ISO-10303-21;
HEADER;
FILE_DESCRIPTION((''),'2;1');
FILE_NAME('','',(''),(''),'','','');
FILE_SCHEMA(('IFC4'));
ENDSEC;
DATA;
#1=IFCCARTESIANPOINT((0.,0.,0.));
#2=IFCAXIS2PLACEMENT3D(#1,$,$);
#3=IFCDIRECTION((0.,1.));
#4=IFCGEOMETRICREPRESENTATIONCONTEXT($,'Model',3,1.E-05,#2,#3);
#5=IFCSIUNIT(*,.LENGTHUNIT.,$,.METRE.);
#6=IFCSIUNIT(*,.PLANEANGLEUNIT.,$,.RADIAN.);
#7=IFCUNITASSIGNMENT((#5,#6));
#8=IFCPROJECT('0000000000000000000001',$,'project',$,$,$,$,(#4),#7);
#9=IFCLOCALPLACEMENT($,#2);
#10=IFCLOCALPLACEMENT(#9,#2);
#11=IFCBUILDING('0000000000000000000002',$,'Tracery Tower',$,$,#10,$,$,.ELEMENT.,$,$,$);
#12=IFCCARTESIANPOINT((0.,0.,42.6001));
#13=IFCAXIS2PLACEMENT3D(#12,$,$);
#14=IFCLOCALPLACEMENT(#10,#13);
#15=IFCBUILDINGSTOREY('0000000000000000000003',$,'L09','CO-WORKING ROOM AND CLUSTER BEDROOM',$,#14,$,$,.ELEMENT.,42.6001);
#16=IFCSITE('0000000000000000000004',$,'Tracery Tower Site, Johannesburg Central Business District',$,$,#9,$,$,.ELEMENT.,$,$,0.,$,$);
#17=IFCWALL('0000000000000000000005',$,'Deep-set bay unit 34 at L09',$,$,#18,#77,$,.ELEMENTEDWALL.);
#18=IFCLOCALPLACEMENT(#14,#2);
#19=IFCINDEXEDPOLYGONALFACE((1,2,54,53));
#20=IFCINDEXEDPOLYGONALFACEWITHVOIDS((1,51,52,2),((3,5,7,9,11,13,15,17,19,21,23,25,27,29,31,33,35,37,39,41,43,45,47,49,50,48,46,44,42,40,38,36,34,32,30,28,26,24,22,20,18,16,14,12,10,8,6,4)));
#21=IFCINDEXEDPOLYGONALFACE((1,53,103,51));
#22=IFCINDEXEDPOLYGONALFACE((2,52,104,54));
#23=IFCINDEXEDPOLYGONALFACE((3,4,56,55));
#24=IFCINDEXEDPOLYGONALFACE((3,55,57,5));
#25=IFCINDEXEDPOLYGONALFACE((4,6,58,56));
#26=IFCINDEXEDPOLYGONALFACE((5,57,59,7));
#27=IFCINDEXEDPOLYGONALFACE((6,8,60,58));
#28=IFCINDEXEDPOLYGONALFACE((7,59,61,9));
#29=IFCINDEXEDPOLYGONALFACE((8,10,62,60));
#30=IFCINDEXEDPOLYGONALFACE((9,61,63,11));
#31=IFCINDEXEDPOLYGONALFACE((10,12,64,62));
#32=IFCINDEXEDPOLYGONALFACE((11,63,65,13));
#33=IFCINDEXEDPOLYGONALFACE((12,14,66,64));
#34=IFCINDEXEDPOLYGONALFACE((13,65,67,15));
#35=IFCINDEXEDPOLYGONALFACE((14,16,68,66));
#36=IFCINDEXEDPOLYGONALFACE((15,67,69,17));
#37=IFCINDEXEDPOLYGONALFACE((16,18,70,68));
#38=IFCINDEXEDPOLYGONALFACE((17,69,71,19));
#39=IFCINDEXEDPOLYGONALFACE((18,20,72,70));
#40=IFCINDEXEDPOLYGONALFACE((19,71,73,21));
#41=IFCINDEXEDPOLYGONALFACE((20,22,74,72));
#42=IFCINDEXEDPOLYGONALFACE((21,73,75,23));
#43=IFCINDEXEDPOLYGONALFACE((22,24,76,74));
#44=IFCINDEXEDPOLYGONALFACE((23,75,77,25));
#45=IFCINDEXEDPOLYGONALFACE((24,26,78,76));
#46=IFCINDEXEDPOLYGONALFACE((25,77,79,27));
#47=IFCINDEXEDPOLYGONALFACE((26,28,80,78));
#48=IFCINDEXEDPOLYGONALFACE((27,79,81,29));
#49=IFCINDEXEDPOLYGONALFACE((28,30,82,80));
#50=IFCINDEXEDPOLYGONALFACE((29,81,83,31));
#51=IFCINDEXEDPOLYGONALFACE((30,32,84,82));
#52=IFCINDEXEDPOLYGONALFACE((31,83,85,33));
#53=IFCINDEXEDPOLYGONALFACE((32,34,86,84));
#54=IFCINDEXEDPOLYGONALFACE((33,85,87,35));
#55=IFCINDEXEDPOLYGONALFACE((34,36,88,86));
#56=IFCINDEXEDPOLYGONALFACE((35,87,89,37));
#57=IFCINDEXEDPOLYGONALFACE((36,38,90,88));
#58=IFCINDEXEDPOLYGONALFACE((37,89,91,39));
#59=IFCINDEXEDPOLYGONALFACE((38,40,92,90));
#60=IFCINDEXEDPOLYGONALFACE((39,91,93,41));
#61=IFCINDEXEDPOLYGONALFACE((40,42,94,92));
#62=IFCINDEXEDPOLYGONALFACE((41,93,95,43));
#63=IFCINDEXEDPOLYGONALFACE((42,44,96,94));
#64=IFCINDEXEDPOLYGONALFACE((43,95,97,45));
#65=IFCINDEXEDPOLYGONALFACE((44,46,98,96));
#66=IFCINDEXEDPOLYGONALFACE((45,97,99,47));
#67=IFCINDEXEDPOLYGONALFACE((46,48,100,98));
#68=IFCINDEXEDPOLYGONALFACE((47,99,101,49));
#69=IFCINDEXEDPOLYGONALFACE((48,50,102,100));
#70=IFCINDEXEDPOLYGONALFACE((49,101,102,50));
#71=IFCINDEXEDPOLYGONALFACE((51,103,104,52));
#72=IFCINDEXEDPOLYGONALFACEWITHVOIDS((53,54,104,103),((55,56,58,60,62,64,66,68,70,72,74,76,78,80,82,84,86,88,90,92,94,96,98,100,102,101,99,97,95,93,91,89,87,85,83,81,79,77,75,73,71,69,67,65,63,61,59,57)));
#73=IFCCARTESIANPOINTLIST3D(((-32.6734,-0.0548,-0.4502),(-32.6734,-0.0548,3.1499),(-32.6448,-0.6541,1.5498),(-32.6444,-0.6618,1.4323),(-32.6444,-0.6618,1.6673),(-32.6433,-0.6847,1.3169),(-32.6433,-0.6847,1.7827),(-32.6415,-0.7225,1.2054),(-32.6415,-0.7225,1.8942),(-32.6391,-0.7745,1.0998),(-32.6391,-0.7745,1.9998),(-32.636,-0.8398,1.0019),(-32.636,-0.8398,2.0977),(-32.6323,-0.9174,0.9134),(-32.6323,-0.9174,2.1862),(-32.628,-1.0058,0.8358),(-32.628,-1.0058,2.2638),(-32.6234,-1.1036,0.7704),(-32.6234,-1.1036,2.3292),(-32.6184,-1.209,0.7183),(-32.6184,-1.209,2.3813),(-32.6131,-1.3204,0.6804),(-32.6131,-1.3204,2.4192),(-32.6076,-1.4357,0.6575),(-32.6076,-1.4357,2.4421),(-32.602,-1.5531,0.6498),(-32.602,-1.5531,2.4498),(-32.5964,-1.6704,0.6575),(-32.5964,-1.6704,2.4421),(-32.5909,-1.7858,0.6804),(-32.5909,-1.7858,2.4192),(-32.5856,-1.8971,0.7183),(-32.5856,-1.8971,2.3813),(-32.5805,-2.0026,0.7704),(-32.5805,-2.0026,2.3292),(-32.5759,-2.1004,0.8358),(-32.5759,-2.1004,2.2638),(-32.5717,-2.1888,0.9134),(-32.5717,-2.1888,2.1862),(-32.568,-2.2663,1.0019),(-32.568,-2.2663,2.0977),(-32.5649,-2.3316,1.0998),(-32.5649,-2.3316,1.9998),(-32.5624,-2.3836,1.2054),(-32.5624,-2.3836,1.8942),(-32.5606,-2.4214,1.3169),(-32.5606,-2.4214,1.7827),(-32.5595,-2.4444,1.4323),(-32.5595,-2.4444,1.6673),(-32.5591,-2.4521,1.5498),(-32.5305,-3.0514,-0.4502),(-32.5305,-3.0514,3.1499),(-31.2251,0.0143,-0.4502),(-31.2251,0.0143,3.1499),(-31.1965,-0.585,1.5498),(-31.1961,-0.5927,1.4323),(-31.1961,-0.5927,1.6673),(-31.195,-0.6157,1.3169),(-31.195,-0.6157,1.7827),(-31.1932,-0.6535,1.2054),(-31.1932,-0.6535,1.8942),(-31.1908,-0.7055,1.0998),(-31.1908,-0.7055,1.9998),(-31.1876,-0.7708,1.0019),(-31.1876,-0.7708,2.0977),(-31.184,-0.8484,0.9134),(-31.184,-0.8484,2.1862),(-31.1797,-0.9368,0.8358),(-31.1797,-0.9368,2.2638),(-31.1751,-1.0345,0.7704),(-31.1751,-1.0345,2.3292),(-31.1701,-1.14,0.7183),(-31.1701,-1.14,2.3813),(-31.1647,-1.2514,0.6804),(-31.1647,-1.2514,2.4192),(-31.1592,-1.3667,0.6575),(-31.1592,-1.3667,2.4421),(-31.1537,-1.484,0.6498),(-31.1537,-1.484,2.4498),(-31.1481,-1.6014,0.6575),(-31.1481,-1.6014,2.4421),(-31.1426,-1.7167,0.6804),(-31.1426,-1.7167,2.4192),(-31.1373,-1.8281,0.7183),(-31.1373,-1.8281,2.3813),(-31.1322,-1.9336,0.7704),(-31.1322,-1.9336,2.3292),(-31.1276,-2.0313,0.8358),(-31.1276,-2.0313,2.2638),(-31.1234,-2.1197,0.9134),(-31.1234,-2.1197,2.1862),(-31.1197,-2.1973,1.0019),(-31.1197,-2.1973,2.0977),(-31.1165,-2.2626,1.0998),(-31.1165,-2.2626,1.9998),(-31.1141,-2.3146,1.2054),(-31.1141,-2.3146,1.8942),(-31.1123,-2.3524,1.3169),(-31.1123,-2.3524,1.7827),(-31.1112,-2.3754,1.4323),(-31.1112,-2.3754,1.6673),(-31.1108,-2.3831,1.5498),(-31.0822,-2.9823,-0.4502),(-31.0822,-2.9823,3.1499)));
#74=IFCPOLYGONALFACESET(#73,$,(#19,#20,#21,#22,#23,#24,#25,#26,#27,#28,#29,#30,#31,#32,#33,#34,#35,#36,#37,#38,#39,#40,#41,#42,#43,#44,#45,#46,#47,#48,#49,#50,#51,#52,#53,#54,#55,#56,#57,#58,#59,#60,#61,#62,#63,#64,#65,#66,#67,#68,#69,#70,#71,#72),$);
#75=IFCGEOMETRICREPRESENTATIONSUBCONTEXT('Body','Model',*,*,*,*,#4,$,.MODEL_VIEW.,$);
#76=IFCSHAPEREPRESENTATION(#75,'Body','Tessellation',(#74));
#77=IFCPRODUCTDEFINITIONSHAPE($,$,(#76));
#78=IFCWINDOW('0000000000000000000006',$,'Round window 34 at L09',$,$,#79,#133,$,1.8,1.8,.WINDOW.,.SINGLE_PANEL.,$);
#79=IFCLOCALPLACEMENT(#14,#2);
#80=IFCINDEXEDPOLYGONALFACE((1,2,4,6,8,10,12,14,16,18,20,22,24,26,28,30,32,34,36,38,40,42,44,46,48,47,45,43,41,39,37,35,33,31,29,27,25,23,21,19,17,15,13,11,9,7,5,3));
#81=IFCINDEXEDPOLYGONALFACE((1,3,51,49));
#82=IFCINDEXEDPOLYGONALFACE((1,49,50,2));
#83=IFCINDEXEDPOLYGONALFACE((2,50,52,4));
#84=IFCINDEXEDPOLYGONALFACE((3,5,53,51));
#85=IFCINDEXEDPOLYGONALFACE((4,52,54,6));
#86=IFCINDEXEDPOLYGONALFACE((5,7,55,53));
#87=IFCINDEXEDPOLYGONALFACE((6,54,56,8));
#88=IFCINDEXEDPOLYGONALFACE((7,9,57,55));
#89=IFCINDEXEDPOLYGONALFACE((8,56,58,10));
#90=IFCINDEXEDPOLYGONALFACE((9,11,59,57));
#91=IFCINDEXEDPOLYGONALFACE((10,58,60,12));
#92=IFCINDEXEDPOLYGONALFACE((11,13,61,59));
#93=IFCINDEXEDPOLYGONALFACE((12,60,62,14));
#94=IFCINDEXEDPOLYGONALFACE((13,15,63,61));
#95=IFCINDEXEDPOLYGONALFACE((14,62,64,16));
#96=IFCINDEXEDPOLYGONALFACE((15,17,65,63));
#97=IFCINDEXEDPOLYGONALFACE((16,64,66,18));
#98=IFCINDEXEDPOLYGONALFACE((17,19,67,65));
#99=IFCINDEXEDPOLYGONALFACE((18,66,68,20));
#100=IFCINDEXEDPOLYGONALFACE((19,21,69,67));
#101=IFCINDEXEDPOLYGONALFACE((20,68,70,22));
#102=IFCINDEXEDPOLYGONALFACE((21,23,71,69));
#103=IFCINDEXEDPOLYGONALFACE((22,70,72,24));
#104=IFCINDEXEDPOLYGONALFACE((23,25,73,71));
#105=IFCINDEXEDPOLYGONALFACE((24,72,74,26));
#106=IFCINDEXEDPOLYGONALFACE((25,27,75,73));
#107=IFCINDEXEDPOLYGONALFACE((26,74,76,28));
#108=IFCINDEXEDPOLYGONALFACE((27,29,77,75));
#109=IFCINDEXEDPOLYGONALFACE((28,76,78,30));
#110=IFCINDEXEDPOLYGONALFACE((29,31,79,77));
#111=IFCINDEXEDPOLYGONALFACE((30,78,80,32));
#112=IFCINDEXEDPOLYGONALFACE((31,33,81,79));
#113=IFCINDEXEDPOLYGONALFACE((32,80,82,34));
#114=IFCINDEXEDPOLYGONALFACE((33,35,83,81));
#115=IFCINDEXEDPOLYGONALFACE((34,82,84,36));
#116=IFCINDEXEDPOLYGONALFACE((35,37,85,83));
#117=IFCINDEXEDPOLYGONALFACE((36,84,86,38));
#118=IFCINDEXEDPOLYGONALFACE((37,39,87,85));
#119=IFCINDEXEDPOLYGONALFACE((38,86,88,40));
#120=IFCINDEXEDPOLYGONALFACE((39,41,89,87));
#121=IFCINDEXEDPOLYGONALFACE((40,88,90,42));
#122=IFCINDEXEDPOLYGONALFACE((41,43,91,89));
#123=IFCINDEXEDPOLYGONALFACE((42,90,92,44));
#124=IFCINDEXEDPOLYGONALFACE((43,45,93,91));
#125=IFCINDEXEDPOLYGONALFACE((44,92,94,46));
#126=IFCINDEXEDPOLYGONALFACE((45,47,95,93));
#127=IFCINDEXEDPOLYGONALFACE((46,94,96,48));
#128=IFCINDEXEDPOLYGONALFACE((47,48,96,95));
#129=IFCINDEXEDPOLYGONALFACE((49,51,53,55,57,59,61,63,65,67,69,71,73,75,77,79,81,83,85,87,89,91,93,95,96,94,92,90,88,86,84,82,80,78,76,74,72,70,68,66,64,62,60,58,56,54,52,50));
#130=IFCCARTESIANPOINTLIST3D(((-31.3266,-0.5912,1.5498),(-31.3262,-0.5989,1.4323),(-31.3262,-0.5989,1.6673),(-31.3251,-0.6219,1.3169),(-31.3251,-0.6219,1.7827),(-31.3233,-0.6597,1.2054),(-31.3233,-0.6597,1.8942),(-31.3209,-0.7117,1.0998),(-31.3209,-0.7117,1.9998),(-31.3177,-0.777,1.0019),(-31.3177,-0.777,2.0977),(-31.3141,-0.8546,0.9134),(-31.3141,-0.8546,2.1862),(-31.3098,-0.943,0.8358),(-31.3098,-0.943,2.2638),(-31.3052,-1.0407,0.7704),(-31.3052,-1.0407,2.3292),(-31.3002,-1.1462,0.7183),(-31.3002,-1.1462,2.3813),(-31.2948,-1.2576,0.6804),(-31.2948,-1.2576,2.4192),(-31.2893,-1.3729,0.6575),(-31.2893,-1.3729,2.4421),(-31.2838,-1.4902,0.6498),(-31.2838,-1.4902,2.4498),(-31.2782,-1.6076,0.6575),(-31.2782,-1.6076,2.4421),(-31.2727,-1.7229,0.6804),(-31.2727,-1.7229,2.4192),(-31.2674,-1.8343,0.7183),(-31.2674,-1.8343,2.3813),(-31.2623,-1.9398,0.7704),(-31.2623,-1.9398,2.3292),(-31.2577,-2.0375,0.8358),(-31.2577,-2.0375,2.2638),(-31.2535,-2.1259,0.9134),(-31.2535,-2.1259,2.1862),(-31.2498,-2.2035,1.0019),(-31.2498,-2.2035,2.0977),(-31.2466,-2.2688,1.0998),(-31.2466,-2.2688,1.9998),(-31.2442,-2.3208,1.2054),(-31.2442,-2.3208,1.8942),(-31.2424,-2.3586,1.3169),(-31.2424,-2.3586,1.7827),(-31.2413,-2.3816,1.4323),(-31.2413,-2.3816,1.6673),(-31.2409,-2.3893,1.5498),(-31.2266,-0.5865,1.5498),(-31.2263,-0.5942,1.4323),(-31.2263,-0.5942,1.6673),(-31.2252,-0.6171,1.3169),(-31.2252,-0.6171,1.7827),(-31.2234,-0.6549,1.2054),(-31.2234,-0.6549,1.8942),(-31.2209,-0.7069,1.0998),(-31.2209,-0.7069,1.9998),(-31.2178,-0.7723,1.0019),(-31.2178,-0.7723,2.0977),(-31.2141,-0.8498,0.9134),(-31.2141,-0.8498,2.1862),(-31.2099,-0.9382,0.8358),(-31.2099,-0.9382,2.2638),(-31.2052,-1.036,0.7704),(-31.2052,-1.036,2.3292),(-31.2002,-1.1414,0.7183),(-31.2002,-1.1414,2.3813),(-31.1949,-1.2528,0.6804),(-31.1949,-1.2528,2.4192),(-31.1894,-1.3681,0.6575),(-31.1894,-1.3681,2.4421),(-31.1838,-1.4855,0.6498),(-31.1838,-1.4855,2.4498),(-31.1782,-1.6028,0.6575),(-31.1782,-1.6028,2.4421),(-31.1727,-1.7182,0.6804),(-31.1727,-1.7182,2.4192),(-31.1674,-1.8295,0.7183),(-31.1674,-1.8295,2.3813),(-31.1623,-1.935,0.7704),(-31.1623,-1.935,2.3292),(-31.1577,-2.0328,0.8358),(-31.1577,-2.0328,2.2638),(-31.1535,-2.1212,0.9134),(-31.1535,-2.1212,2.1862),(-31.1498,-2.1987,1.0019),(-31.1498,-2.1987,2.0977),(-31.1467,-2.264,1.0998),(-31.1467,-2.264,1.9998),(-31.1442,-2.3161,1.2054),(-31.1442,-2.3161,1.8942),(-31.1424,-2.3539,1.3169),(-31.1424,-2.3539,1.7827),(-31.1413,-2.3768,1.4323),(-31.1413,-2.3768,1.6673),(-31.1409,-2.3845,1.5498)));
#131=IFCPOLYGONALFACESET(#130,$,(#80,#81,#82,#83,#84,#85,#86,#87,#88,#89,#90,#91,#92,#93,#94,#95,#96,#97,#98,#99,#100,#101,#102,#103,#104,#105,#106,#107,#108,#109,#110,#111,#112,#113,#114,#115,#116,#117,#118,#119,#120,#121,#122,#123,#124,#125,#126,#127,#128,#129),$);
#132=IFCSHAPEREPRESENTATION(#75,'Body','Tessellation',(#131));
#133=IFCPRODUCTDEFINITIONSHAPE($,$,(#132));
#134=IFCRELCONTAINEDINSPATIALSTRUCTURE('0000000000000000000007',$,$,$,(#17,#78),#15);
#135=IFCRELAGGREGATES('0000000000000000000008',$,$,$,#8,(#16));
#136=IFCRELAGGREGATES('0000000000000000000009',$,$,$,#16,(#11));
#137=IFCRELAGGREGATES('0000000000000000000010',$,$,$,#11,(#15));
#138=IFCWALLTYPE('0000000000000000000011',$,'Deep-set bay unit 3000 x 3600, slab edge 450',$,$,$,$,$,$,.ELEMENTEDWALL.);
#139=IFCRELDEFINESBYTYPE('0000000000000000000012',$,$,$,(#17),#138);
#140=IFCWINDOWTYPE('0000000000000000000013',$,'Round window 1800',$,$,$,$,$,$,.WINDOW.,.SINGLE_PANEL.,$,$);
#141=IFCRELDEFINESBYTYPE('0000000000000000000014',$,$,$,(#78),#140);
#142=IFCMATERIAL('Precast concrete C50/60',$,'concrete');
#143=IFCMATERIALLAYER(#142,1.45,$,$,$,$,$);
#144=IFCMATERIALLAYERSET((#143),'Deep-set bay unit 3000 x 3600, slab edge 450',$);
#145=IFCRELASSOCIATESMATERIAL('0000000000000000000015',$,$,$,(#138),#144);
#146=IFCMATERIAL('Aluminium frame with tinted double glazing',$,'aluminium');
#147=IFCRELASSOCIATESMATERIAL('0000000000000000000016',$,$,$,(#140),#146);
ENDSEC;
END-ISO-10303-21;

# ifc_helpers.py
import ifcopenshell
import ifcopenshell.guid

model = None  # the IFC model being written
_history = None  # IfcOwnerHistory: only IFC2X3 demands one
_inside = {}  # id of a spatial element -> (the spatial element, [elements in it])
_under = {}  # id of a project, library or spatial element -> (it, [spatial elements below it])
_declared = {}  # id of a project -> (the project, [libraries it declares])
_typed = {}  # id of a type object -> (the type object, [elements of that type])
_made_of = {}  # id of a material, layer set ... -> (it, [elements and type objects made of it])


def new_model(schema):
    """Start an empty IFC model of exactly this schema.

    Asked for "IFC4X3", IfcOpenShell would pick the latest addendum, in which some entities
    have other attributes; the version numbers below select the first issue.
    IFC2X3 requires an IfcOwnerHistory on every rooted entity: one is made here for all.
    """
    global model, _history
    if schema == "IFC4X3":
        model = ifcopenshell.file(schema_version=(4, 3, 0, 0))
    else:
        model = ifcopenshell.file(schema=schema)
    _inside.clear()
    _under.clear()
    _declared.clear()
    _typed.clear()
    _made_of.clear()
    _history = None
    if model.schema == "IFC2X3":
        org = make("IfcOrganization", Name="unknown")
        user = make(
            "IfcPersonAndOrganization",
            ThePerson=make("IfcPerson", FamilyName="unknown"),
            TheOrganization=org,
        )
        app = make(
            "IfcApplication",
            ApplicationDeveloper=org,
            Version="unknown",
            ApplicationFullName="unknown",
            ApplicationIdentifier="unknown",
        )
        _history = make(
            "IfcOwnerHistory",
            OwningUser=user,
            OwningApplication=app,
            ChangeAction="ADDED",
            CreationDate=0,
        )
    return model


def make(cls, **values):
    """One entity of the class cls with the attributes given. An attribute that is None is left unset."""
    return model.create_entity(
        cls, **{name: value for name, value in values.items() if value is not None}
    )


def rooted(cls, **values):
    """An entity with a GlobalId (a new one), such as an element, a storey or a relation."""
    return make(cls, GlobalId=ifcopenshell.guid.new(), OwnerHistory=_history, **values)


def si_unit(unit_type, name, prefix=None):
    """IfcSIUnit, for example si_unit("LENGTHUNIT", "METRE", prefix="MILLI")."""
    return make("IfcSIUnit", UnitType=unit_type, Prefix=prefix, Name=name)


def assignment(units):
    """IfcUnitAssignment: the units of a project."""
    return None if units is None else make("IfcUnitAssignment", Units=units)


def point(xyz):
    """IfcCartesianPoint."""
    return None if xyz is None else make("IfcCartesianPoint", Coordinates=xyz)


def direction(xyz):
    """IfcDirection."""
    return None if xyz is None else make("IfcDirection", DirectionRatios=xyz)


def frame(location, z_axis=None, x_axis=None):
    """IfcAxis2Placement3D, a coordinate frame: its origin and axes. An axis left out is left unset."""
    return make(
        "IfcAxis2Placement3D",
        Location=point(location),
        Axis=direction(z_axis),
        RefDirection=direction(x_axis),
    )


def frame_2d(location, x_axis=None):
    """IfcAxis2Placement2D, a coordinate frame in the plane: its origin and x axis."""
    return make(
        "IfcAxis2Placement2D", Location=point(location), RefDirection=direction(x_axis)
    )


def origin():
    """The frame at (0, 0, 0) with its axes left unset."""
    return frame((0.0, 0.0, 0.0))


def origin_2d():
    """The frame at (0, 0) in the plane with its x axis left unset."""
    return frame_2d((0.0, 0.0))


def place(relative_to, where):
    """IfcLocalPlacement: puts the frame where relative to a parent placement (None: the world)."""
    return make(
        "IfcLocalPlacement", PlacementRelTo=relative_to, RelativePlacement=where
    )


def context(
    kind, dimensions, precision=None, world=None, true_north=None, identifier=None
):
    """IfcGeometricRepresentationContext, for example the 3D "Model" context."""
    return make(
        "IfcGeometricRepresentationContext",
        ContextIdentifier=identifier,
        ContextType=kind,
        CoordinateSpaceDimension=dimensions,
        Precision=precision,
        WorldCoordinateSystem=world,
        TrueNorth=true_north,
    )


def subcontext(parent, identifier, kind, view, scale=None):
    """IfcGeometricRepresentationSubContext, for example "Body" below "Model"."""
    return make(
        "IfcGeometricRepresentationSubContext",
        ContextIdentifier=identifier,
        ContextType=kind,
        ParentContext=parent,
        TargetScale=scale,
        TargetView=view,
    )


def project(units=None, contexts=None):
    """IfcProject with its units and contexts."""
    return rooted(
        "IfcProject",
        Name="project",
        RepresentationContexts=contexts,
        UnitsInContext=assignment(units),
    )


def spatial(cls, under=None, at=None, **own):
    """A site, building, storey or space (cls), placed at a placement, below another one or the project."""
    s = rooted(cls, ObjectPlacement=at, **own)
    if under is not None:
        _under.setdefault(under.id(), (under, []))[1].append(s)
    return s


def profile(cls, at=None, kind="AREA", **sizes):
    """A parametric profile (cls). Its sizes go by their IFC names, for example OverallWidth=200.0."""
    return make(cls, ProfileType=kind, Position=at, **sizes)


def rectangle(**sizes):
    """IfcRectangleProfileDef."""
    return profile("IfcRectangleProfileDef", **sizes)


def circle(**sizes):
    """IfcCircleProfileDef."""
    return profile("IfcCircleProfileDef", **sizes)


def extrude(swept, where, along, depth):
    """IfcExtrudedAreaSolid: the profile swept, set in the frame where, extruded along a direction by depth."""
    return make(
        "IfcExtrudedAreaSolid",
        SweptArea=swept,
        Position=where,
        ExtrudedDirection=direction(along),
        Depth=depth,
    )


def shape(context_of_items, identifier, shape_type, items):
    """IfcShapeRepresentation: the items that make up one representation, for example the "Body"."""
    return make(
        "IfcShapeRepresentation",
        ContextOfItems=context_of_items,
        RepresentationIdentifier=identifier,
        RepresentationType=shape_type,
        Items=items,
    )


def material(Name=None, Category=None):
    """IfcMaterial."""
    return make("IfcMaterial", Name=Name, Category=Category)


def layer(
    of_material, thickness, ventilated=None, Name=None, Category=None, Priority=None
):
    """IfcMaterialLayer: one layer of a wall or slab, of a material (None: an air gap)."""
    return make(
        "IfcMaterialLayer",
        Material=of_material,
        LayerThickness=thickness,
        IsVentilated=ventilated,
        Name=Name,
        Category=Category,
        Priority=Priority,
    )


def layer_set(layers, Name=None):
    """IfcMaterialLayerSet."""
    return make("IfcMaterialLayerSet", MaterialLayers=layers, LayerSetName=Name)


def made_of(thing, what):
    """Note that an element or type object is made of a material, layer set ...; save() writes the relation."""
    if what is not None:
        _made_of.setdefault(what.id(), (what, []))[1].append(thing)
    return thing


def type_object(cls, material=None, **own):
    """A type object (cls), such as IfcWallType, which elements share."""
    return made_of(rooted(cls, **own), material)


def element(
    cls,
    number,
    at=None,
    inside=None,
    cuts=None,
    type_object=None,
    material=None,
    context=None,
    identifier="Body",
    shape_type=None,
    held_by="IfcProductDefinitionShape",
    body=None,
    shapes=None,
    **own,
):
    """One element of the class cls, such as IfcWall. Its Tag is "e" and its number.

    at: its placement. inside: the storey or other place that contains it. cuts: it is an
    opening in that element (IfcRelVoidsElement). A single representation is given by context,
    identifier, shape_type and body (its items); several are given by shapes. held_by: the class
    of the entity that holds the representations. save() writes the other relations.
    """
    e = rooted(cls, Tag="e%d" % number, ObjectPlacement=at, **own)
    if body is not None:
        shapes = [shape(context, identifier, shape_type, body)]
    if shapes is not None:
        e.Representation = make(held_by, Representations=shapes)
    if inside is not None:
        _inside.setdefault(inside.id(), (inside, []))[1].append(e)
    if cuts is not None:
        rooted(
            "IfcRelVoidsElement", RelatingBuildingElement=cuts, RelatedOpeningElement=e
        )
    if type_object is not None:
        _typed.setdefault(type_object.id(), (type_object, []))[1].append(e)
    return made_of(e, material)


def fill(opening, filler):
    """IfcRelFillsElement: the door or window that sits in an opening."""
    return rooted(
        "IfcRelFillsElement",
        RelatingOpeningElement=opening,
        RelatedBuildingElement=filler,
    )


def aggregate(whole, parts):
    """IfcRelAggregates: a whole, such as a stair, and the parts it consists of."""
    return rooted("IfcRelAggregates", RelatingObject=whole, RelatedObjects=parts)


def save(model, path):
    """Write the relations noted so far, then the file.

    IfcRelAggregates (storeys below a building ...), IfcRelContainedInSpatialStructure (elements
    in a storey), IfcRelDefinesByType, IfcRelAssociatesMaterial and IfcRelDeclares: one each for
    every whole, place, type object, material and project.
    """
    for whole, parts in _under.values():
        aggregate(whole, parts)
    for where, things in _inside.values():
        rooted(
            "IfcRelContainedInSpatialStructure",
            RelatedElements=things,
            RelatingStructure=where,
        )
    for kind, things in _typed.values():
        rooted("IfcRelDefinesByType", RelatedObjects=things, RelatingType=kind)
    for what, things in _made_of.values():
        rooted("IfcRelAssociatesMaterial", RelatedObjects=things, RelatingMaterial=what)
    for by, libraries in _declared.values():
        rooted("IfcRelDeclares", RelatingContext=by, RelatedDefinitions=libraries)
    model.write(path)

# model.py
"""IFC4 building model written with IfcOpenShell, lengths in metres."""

from ifc_helpers import new_model, si_unit, direction, frame, frame_2d, origin, origin_2d, place, context, subcontext, project, spatial, rectangle, circle, extrude, material, layer, layer_set, type_object, element, fill, save


model = new_model("IFC4")

# Units and contexts
model_context = context("Model", 3, precision=1e-05, world=origin(), true_north=direction((0.0, 1.0)))
body_context = subcontext(model_context, "Body", "Model", "MODEL_VIEW")
ifc_project = project(units=[si_unit("LENGTHUNIT", "METRE"), si_unit("PLANEANGLEUNIT", "RADIAN")], contexts=[model_context])

# Site, building, storey
site_placement = place(None, origin())
site = spatial("IfcSite", under=ifc_project, at=site_placement, Name="Tracery Tower Site, Johannesburg Central Business District", CompositionType="ELEMENT", RefElevation=0.0)
building_placement = place(site_placement, origin())
building = spatial("IfcBuilding", under=site, at=building_placement, Name="Tracery Tower", CompositionType="ELEMENT")
storey_placement = place(building_placement, frame((0.0, 0.0, 42.6001)))
storey = spatial("IfcBuildingStorey", under=building, at=storey_placement, Name="L09", Description="CO-WORKING ROOM AND CLUSTER BEDROOM", CompositionType="ELEMENT", Elevation=42.6001)

# Wall, opening, window
ifc_material_1 = material(Name="Precast concrete C50/60", Category="concrete")
ifc_layer_1 = layer(ifc_material_1, 1.45)
ifc_layer_set_1 = layer_set([ifc_layer_1], Name="Deep-set bay unit 3000 x 3600, slab edge 450")
wall_type_1 = type_object("IfcWallType", Name="Deep-set bay unit 3000 x 3600, slab edge 450", PredefinedType="ELEMENTEDWALL", material=ifc_layer_set_1)
wall_1_placement = place(storey_placement, frame((-31.9492, -0.0203, -0.4502), z_axis=(0.0, 0.0, 1.0), x_axis=(0.047608, -0.998866, 0.0)))
wall_1 = element("IfcWall", 1, at=wall_1_placement, inside=storey, type_object=wall_type_1, Name="Deep-set bay unit 34 at L09", PredefinedType="ELEMENTEDWALL", context=body_context, shape_type="SweptSolid", body=[
    extrude(rectangle(XDim=3.0, YDim=1.45, at=frame_2d((1.5, 0.0))), origin(), (0.0, 0.0, 1.0), 3.6001),
])
opening_1_placement = place(wall_1_placement, frame((1.5, 0.0, 2.0)))
opening_1 = element("IfcOpeningElement", 2, at=opening_1_placement, cuts=wall_1, PredefinedType="OPENING", context=body_context, shape_type="SweptSolid", body=[
    extrude(circle(Radius=0.9, at=origin_2d()), frame((0.0, 0.7349, 0.0), z_axis=(0.0, -1.0, 0.0), x_axis=(1.0, 0.0, 0.0)), (0.0, 0.0, 1.0), 1.47),
])
ifc_material_2 = material(Name="Aluminium frame with tinted double glazing", Category="aluminium")
window_type = type_object("IfcWindowType", Name="Round window 1800", PartitioningType="SINGLE_PANEL", PredefinedType="WINDOW", material=ifc_material_2)
window_1_placement = place(opening_1_placement, origin())
window_1 = element("IfcWindow", 3, at=window_1_placement, inside=storey, type_object=window_type, Name="Round window 34 at L09", OverallHeight=1.8, OverallWidth=1.8, PartitioningType="SINGLE_PANEL", PredefinedType="WINDOW", context=body_context, shape_type="SweptSolid", body=[
    extrude(circle(Radius=0.9, at=origin_2d()), frame((0.0, 0.6948, 0.0), z_axis=(0.0, -1.0, 0.0), x_axis=(1.0, 0.0, 0.0)), (0.0, 0.0, 1.0), 0.1001),
])
fill(opening_1, window_1)

save(model, "model.ifc")
